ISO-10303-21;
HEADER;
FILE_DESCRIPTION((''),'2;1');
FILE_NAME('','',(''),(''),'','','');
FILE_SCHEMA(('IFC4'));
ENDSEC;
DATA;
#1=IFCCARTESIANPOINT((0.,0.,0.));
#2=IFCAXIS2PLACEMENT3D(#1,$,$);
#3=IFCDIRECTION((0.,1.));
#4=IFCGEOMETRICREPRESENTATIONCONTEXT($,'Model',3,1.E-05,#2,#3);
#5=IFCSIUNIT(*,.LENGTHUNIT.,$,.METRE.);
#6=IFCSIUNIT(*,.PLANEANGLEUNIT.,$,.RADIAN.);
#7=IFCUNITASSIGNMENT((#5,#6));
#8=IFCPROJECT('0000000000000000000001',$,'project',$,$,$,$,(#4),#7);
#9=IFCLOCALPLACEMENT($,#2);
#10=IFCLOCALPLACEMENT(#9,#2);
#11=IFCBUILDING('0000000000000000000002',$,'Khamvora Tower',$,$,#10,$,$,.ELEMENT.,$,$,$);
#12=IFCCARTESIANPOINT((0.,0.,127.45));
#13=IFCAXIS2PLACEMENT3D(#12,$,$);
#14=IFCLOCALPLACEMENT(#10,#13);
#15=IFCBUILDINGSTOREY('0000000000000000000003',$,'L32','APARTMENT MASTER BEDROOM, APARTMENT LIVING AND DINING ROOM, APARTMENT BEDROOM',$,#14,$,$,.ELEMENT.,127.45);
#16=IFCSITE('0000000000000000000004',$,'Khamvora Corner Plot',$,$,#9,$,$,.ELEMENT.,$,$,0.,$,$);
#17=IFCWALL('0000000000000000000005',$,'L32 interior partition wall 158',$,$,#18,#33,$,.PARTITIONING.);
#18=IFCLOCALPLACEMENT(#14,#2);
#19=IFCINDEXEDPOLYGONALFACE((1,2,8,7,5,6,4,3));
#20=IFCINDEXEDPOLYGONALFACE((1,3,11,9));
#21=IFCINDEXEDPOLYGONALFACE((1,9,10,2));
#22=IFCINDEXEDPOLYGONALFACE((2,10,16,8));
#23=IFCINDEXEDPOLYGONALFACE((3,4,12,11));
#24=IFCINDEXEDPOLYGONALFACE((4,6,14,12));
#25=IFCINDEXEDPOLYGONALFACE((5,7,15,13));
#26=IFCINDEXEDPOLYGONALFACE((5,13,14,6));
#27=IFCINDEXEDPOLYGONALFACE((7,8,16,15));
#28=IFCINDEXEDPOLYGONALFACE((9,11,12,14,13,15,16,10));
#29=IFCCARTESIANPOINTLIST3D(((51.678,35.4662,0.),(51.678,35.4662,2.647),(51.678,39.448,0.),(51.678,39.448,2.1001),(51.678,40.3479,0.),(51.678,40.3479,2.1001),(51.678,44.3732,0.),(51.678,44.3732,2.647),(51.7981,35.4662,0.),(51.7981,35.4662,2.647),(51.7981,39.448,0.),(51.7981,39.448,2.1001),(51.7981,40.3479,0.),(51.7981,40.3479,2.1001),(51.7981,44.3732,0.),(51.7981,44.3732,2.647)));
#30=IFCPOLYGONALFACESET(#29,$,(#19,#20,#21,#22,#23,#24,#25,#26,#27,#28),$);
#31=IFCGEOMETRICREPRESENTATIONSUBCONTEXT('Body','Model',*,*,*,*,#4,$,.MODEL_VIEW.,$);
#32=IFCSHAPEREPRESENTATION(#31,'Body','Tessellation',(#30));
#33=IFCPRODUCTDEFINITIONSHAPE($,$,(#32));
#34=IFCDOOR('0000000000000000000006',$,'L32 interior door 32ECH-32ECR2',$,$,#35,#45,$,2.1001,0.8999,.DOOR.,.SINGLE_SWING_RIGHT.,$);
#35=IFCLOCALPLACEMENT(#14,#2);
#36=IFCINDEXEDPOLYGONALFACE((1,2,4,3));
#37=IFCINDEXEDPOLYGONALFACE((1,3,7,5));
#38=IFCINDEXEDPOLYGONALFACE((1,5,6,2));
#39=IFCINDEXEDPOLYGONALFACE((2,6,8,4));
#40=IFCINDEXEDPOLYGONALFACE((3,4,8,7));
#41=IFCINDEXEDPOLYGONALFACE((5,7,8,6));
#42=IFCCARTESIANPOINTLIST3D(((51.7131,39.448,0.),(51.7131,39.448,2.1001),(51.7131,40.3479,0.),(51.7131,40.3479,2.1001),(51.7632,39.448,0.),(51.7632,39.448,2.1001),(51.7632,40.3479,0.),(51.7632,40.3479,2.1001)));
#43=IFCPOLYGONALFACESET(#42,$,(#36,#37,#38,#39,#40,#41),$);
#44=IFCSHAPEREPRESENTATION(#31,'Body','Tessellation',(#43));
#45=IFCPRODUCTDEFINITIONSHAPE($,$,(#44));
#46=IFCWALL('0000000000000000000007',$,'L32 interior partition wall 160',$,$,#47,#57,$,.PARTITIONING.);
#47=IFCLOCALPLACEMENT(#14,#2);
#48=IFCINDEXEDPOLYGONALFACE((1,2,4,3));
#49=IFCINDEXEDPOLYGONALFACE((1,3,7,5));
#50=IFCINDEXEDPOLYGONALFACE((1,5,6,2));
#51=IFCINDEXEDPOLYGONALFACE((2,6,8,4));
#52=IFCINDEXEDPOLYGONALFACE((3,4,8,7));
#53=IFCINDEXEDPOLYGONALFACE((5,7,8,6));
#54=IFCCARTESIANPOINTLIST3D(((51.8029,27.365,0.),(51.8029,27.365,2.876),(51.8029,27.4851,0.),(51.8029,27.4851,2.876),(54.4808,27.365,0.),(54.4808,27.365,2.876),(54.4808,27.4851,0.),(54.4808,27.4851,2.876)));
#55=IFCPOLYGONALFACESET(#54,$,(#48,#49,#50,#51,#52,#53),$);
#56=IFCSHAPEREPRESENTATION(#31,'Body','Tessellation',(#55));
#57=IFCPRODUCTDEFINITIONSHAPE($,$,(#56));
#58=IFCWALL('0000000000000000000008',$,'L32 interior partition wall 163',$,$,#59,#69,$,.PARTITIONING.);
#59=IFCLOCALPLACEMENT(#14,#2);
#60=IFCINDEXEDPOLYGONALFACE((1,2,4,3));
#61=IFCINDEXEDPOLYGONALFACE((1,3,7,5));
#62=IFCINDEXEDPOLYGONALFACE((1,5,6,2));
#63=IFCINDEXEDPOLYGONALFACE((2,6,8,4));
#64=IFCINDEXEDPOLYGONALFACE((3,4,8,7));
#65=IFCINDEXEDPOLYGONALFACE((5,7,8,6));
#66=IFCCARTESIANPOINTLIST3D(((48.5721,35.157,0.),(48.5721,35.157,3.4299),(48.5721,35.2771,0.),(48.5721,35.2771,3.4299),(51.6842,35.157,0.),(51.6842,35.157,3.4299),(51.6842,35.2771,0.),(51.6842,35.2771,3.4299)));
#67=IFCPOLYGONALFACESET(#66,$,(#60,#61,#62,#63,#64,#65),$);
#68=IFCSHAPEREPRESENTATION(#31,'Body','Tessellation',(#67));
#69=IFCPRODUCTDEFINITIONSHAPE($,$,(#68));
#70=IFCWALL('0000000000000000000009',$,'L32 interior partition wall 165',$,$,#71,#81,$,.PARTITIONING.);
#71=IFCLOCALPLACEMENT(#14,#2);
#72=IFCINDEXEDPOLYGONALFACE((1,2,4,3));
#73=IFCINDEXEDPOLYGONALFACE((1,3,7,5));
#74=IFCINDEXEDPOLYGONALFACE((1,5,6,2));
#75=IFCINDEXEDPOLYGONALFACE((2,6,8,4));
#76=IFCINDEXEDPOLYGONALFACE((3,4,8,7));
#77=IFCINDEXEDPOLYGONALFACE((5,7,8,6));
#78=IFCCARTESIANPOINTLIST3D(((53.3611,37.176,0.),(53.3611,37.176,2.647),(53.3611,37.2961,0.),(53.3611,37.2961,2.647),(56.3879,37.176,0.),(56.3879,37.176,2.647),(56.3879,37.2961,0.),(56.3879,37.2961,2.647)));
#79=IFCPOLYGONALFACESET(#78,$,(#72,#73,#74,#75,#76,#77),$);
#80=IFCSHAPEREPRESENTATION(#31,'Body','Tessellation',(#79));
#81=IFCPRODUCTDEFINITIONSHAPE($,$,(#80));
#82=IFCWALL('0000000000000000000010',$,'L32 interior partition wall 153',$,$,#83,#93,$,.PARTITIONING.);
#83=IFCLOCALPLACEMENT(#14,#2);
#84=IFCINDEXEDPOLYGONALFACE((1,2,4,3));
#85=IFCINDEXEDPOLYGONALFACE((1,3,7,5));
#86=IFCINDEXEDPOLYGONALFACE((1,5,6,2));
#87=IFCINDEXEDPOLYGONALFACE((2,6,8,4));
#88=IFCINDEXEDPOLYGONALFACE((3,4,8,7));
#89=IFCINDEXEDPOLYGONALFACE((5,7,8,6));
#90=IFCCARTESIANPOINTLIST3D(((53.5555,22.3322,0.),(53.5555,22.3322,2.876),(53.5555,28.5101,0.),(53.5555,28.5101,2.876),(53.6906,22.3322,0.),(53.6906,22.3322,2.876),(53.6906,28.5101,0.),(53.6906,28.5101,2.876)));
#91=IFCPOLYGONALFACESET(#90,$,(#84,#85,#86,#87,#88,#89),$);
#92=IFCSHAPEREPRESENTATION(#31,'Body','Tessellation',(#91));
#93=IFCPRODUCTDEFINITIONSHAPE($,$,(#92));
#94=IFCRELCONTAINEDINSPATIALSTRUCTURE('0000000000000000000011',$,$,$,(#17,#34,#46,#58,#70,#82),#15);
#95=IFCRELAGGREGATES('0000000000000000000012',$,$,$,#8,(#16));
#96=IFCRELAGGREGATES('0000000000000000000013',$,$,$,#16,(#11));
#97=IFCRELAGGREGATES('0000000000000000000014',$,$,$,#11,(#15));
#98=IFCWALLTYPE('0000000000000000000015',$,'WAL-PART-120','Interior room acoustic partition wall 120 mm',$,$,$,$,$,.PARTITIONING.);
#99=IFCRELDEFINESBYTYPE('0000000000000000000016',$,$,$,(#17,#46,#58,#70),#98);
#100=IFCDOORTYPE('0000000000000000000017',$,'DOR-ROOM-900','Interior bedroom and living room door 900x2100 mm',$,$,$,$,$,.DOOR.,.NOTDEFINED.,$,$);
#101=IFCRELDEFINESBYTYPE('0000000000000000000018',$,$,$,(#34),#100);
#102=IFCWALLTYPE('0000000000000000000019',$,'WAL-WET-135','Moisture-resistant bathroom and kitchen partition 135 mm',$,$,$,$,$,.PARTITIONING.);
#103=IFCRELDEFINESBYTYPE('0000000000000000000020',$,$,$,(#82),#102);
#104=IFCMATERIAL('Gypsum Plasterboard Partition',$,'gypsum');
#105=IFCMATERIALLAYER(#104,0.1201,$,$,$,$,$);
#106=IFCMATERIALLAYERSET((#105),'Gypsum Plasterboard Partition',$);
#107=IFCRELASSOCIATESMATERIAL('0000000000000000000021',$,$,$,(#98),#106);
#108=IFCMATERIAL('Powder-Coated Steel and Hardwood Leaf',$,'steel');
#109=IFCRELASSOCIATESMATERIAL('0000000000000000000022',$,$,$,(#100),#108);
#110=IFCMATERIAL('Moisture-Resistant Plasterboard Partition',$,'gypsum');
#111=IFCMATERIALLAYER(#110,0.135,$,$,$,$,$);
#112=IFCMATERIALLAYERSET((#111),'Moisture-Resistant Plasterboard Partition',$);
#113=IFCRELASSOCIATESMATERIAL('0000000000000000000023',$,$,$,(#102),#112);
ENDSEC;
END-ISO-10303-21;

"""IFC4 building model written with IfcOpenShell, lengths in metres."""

from ifc_helpers import new_model, si_unit, direction, frame, frame_2d, origin, place, context, subcontext, project, spatial, rectangle, extrude, material, layer, layer_set, type_object, element, fill, save


model = new_model("IFC4")

# Units and contexts
model_context = context("Model", 3, precision=1e-05, world=origin(), true_north=direction((0.0, 1.0)))
body_context = subcontext(model_context, "Body", "Model", "MODEL_VIEW")
ifc_project = project(units=[si_unit("LENGTHUNIT", "METRE"), si_unit("PLANEANGLEUNIT", "RADIAN")], contexts=[model_context])

# Site, building, storey
site_placement = place(None, origin())
site = spatial("IfcSite", under=ifc_project, at=site_placement, Name="Khamvora Corner Plot", CompositionType="ELEMENT", RefElevation=0.0)
building_placement = place(site_placement, origin())
building = spatial("IfcBuilding", under=site, at=building_placement, Name="Khamvora Tower", CompositionType="ELEMENT")
storey_placement = place(building_placement, frame((0.0, 0.0, 127.45)))
storey = spatial("IfcBuildingStorey", under=building, at=storey_placement, Name="L32", Description="APARTMENT MASTER BEDROOM, APARTMENT LIVING AND DINING ROOM, APARTMENT BEDROOM", CompositionType="ELEMENT", Elevation=127.45)

# Shared definitions
ifc_material_1 = material(Name="Powder-Coated Steel and Hardwood Leaf", Category="steel")

# Shared definitions
ifc_material_2 = material(Name="Gypsum Plasterboard Partition", Category="gypsum")
ifc_layer_1 = layer(ifc_material_2, 0.1201)
ifc_layer_set_1 = layer_set([ifc_layer_1], Name="Gypsum Plasterboard Partition")
wall_type_1 = type_object("IfcWallType", Name="WAL-PART-120", Description="Interior room acoustic partition wall 120 mm", PredefinedType="PARTITIONING", material=ifc_layer_set_1)
door_type_1 = type_object("IfcDoorType", Name="DOR-ROOM-900", Description="Interior bedroom and living room door 900x2100 mm", OperationType="NOTDEFINED", PredefinedType="DOOR", material=ifc_material_1)

# Wall, opening, door
wall_1_placement = place(storey_placement, frame((51.738, 35.4661, 0.0), z_axis=(0.0, 0.0, 1.0), x_axis=(0.0, 1.0, 0.0)))
wall_1 = element("IfcWall", 1, at=wall_1_placement, inside=storey, type_object=wall_type_1, Name="L32 interior partition wall 158", PredefinedType="PARTITIONING", context=body_context, shape_type="SweptSolid", body=[
    extrude(rectangle(XDim=8.907, YDim=0.1201, at=frame_2d((4.4536, 0.0))), origin(), (0.0, 0.0, 1.0), 2.647),
])
opening_1_placement = place(wall_1_placement, frame((3.9819, 0.0, 0.0)))
opening_1 = element("IfcOpeningElement", 2, at=opening_1_placement, cuts=wall_1, PredefinedType="OPENING", context=body_context, shape_type="SweptSolid", body=[
    extrude(rectangle(XDim=0.8999, YDim=2.1001, at=frame_2d((0.45, 1.05))), frame((0.0, 0.0701, 0.0), z_axis=(0.0, -1.0, 0.0), x_axis=(1.0, 0.0, 0.0)), (0.0, 0.0, 1.0), 0.1401),
])
door_1_placement = place(opening_1_placement, origin())
door_1 = element("IfcDoor", 3, at=door_1_placement, inside=storey, type_object=door_type_1, Name="L32 interior door 32ECH-32ECR2", OperationType="SINGLE_SWING_RIGHT", OverallHeight=2.1001, OverallWidth=0.8999, PredefinedType="DOOR", context=body_context, shape_type="SweptSolid", body=[
    extrude(rectangle(XDim=0.8999, YDim=2.1001, at=frame_2d((0.45, 1.05))), frame((0.0, 0.0249, 0.0), z_axis=(0.0, -1.0, 0.0), x_axis=(1.0, 0.0, 0.0)), (0.0, 0.0, 1.0), 0.05),
])
fill(opening_1, door_1)

# Walls
wall_2_placement = place(storey_placement, frame((51.803, 27.425, 0.0), z_axis=(0.0, 0.0, 1.0), x_axis=(1.0, 0.0, 0.0)))
element("IfcWall", 4, at=wall_2_placement, inside=storey, type_object=wall_type_1, Name="L32 interior partition wall 160", PredefinedType="PARTITIONING", context=body_context, shape_type="SweptSolid", body=[
    extrude(rectangle(XDim=2.678, YDim=0.1201, at=frame_2d((1.3389, 0.0))), origin(), (0.0, 0.0, 1.0), 2.876),
])
wall_3_placement = place(storey_placement, frame((48.572, 35.217, 0.0), z_axis=(0.0, 0.0, 1.0), x_axis=(1.0, 0.0, 0.0)))
element("IfcWall", 5, at=wall_3_placement, inside=storey, type_object=wall_type_1, Name="L32 interior partition wall 163", PredefinedType="PARTITIONING", context=body_context, shape_type="SweptSolid", body=[
    extrude(rectangle(XDim=3.1121, YDim=0.1201, at=frame_2d((1.5562, 0.0))), origin(), (0.0, 0.0, 1.0), 3.4299),
])
wall_4_placement = place(storey_placement, frame((53.3611, 37.2361, 0.0), z_axis=(0.0, 0.0, 1.0), x_axis=(1.0, 0.0, 0.0)))
element("IfcWall", 6, at=wall_4_placement, inside=storey, type_object=wall_type_1, Name="L32 interior partition wall 165", PredefinedType="PARTITIONING", context=body_context, shape_type="SweptSolid", body=[
    extrude(rectangle(XDim=3.0269, YDim=0.1201, at=frame_2d((1.5134, 0.0))), origin(), (0.0, 0.0, 1.0), 2.647),
])
ifc_material_3 = material(Name="Moisture-Resistant Plasterboard Partition", Category="gypsum")
ifc_layer_2 = layer(ifc_material_3, 0.135)
ifc_layer_set_2 = layer_set([ifc_layer_2], Name="Moisture-Resistant Plasterboard Partition")
wall_type_2 = type_object("IfcWallType", Name="WAL-WET-135", Description="Moisture-resistant bathroom and kitchen partition 135 mm", PredefinedType="PARTITIONING", material=ifc_layer_set_2)
wall_5_placement = place(storey_placement, frame((53.623, 28.51, 0.0), z_axis=(0.0, 0.0, 1.0), x_axis=(0.0, -1.0, 0.0)))
element("IfcWall", 7, at=wall_5_placement, inside=storey, type_object=wall_type_2, Name="L32 interior partition wall 153", PredefinedType="PARTITIONING", context=body_context, shape_type="SweptSolid", body=[
    extrude(rectangle(XDim=6.178, YDim=0.135, at=frame_2d((3.0889, 0.0))), origin(), (0.0, 0.0, 1.0), 2.876),
])

save(model, "model.ifc")
